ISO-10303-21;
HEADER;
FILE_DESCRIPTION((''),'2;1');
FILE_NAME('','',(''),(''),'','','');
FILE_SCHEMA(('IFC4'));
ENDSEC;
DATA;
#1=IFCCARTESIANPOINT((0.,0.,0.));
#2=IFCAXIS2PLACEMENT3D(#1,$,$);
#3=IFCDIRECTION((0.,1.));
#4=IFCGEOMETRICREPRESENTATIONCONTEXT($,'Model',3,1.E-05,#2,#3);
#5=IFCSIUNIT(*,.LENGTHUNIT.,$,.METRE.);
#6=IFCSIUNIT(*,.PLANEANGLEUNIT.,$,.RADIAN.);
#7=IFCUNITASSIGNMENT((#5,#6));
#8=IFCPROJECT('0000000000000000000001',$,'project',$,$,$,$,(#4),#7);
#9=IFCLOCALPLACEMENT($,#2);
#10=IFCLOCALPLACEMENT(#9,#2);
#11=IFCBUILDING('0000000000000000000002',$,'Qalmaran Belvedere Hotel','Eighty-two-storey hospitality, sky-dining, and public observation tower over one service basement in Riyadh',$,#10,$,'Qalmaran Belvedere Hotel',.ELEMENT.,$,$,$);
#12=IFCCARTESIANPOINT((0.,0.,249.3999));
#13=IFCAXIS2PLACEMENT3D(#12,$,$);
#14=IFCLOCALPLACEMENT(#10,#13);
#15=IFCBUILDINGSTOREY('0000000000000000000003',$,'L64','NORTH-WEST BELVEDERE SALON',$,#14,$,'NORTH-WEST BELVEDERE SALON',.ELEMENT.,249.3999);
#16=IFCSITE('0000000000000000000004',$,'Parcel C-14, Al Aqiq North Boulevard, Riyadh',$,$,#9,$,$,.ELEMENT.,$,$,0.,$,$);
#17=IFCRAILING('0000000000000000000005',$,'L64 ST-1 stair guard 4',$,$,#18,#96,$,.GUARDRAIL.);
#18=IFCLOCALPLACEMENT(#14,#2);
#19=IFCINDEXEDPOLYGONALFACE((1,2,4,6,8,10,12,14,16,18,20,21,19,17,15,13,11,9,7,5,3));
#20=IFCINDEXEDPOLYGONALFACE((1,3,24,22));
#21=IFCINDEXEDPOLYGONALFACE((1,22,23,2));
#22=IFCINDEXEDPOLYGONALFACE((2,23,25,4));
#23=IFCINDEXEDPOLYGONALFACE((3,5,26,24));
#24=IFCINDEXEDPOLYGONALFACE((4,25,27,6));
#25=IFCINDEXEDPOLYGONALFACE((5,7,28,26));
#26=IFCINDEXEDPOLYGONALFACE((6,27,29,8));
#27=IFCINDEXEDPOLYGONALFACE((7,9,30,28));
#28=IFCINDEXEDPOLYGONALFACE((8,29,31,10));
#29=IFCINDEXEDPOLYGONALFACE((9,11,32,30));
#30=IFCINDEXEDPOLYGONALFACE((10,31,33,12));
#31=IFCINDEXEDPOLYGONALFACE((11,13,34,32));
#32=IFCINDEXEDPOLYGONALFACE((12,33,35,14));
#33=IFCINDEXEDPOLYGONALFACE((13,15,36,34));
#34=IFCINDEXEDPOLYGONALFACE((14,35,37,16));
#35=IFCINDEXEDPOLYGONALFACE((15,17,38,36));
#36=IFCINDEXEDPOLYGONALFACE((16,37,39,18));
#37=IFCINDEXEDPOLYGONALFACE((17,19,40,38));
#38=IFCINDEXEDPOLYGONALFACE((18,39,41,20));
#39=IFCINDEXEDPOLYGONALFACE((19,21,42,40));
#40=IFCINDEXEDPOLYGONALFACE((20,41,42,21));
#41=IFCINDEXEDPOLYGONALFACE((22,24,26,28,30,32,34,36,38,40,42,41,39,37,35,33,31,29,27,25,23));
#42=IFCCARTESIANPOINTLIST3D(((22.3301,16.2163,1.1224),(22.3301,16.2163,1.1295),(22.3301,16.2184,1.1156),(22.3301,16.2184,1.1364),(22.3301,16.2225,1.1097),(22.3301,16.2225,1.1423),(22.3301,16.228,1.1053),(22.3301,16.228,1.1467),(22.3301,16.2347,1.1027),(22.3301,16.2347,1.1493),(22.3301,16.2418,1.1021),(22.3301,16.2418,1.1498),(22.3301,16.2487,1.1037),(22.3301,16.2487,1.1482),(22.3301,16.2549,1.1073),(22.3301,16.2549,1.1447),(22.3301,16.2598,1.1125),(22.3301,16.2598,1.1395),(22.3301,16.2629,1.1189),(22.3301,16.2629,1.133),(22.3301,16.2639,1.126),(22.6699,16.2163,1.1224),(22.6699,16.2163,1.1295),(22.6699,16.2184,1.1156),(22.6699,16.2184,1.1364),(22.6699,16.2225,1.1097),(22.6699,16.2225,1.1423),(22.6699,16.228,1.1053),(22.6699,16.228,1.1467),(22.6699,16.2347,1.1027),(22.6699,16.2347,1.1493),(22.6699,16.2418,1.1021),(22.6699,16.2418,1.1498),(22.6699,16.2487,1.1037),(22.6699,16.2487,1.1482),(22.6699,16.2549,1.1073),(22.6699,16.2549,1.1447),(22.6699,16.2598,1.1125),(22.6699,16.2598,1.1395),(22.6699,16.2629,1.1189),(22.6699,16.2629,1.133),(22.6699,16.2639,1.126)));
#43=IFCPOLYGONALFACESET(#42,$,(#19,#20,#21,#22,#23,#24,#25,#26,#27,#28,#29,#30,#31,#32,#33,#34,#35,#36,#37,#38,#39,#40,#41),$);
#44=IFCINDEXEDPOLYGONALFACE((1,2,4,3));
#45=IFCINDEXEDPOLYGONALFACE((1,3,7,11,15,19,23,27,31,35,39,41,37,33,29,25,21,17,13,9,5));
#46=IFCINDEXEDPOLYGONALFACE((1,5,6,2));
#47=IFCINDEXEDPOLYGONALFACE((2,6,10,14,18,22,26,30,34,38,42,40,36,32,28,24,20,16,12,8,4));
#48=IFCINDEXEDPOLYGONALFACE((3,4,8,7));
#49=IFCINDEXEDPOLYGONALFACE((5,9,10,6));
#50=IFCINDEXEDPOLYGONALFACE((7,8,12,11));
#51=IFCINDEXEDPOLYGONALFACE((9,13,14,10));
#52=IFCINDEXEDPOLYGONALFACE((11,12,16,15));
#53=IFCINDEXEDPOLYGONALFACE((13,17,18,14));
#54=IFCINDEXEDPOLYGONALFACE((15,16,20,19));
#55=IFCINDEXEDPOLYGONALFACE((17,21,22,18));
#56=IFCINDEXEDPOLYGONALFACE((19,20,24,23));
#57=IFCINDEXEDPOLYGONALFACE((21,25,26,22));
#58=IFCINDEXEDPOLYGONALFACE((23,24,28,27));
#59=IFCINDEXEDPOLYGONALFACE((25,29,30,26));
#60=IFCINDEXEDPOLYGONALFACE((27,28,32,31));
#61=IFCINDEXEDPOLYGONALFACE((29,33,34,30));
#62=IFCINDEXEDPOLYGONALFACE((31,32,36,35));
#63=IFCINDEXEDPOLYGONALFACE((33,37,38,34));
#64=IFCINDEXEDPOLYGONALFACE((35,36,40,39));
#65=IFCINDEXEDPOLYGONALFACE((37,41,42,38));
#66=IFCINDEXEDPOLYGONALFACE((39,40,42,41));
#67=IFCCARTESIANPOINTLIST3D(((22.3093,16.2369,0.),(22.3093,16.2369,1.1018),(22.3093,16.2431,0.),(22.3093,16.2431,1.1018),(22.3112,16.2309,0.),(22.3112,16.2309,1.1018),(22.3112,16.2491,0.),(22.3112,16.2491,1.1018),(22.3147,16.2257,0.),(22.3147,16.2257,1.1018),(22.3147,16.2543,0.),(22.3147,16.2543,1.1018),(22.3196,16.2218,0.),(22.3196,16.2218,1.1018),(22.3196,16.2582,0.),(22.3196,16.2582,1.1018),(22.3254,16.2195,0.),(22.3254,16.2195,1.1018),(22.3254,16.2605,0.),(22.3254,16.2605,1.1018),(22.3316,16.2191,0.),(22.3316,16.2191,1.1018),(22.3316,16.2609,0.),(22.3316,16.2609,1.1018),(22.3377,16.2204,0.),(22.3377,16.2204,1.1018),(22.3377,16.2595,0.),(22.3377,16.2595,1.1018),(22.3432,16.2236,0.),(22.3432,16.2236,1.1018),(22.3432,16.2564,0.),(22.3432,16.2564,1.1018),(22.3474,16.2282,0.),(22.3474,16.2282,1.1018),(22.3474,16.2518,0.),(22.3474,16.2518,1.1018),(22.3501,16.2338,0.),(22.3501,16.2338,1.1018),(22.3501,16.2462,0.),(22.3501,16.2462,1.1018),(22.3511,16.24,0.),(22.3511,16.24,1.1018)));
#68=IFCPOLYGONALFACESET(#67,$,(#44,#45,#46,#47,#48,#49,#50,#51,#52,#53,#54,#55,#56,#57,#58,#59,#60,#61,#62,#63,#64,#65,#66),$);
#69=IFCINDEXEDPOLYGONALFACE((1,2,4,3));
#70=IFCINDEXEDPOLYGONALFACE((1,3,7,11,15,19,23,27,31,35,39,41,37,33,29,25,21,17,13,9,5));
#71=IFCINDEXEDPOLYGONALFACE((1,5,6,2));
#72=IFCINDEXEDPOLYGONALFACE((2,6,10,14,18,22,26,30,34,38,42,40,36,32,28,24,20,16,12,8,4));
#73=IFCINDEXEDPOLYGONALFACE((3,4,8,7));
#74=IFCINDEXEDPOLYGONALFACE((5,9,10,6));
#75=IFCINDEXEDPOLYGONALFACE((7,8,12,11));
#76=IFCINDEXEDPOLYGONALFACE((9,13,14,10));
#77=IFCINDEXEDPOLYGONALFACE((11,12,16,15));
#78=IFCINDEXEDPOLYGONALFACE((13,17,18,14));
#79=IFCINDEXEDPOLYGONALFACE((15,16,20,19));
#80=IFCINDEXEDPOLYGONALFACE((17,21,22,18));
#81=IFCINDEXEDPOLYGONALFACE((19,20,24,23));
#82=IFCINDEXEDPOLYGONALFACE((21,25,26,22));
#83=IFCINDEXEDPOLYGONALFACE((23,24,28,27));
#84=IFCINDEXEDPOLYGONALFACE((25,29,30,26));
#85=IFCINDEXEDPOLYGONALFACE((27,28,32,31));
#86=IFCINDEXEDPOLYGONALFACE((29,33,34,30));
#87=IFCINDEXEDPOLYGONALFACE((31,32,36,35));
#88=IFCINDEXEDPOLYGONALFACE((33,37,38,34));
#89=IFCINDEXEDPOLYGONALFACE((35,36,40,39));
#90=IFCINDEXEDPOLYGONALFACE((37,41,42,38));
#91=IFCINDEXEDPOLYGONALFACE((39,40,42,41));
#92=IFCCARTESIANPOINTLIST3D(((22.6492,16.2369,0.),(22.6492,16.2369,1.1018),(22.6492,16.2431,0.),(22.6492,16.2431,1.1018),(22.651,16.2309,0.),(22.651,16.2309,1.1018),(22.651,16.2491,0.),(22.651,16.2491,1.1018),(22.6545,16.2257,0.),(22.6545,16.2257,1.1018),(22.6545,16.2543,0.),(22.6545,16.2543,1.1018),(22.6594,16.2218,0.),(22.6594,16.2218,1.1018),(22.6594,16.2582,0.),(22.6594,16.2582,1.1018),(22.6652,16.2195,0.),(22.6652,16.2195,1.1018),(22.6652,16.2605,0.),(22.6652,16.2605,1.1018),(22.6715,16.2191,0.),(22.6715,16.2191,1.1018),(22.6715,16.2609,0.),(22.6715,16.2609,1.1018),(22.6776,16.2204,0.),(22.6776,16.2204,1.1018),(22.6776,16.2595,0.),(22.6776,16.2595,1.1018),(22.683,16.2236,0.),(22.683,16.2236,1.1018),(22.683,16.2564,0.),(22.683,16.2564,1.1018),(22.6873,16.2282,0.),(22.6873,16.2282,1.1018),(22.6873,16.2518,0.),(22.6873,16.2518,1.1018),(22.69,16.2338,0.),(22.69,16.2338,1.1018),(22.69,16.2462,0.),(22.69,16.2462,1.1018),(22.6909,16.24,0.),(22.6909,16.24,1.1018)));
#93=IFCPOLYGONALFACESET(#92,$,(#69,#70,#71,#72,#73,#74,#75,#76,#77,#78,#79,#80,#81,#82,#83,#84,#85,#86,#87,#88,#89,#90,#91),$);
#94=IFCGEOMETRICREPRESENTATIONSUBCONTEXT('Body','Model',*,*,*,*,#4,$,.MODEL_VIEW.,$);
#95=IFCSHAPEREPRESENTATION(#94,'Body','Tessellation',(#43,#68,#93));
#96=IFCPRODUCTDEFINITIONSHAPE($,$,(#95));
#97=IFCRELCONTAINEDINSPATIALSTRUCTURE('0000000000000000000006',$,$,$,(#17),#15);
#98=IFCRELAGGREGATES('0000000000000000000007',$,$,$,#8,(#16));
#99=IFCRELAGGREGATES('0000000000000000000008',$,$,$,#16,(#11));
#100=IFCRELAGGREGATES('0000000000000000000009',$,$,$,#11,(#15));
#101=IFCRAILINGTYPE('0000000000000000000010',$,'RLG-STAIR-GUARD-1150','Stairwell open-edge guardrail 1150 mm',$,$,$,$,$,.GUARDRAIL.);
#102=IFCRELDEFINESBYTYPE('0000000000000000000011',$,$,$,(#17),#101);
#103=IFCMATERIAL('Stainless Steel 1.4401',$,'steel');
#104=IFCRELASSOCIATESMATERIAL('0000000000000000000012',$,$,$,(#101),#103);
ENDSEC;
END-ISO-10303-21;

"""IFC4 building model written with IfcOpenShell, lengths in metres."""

from ifc_helpers import new_model, si_unit, direction, frame, origin, origin_2d, place, context, subcontext, project, spatial, circle, extrude, material, type_object, element, save


model = new_model("IFC4")

# Units and contexts
model_context = context("Model", 3, precision=1e-05, world=origin(), true_north=direction((0.0, 1.0)))
body_context = subcontext(model_context, "Body", "Model", "MODEL_VIEW")
ifc_project = project(units=[si_unit("LENGTHUNIT", "METRE"), si_unit("PLANEANGLEUNIT", "RADIAN")], contexts=[model_context])

# Site, building, storey
site_placement = place(None, origin())
site = spatial("IfcSite", under=ifc_project, at=site_placement, Name="Parcel C-14, Al Aqiq North Boulevard, Riyadh", CompositionType="ELEMENT", RefElevation=0.0)
building_placement = place(site_placement, origin())
building = spatial("IfcBuilding", under=site, at=building_placement, Name="Qalmaran Belvedere Hotel", Description="Eighty-two-storey hospitality, sky-dining, and public observation tower over one service basement in Riyadh", LongName="Qalmaran Belvedere Hotel", CompositionType="ELEMENT")
storey_placement = place(building_placement, frame((0.0, 0.0, 249.3999)))
storey = spatial("IfcBuildingStorey", under=building, at=storey_placement, Name="L64", Description="NORTH-WEST BELVEDERE SALON", LongName="NORTH-WEST BELVEDERE SALON", CompositionType="ELEMENT", Elevation=249.3999)

# Shared definitions
ifc_material_1 = material(Name="Stainless Steel 1.4401", Category="steel")

# Railing
railing_type_1 = type_object("IfcRailingType", Name="RLG-STAIR-GUARD-1150", Description="Stairwell open-edge guardrail 1150 mm", PredefinedType="GUARDRAIL", material=ifc_material_1)
railing_1_placement = place(storey_placement, frame((22.3301, 16.24, 0.0)))
element("IfcRailing", 1, at=railing_1_placement, inside=storey, type_object=railing_type_1, Name="L64 ST-1 stair guard 4", PredefinedType="GUARDRAIL", context=body_context, shape_type="SweptSolid", body=[
    extrude(circle(Radius=0.0239, at=origin_2d()), frame((0.0, 0.0, 1.126), z_axis=(1.0, 0.0, 0.0), x_axis=(0.0, 1.0, 0.0)), (0.0, 0.0, 1.0), 0.3398),
    extrude(circle(Radius=0.021, at=origin_2d()), origin(), (0.0, 0.0, 1.0), 1.1018),
    extrude(circle(Radius=0.021, at=origin_2d()), frame((0.3398, 0.0, 0.0)), (0.0, 0.0, 1.0), 1.1018),
])

save(model, "model.ifc")
